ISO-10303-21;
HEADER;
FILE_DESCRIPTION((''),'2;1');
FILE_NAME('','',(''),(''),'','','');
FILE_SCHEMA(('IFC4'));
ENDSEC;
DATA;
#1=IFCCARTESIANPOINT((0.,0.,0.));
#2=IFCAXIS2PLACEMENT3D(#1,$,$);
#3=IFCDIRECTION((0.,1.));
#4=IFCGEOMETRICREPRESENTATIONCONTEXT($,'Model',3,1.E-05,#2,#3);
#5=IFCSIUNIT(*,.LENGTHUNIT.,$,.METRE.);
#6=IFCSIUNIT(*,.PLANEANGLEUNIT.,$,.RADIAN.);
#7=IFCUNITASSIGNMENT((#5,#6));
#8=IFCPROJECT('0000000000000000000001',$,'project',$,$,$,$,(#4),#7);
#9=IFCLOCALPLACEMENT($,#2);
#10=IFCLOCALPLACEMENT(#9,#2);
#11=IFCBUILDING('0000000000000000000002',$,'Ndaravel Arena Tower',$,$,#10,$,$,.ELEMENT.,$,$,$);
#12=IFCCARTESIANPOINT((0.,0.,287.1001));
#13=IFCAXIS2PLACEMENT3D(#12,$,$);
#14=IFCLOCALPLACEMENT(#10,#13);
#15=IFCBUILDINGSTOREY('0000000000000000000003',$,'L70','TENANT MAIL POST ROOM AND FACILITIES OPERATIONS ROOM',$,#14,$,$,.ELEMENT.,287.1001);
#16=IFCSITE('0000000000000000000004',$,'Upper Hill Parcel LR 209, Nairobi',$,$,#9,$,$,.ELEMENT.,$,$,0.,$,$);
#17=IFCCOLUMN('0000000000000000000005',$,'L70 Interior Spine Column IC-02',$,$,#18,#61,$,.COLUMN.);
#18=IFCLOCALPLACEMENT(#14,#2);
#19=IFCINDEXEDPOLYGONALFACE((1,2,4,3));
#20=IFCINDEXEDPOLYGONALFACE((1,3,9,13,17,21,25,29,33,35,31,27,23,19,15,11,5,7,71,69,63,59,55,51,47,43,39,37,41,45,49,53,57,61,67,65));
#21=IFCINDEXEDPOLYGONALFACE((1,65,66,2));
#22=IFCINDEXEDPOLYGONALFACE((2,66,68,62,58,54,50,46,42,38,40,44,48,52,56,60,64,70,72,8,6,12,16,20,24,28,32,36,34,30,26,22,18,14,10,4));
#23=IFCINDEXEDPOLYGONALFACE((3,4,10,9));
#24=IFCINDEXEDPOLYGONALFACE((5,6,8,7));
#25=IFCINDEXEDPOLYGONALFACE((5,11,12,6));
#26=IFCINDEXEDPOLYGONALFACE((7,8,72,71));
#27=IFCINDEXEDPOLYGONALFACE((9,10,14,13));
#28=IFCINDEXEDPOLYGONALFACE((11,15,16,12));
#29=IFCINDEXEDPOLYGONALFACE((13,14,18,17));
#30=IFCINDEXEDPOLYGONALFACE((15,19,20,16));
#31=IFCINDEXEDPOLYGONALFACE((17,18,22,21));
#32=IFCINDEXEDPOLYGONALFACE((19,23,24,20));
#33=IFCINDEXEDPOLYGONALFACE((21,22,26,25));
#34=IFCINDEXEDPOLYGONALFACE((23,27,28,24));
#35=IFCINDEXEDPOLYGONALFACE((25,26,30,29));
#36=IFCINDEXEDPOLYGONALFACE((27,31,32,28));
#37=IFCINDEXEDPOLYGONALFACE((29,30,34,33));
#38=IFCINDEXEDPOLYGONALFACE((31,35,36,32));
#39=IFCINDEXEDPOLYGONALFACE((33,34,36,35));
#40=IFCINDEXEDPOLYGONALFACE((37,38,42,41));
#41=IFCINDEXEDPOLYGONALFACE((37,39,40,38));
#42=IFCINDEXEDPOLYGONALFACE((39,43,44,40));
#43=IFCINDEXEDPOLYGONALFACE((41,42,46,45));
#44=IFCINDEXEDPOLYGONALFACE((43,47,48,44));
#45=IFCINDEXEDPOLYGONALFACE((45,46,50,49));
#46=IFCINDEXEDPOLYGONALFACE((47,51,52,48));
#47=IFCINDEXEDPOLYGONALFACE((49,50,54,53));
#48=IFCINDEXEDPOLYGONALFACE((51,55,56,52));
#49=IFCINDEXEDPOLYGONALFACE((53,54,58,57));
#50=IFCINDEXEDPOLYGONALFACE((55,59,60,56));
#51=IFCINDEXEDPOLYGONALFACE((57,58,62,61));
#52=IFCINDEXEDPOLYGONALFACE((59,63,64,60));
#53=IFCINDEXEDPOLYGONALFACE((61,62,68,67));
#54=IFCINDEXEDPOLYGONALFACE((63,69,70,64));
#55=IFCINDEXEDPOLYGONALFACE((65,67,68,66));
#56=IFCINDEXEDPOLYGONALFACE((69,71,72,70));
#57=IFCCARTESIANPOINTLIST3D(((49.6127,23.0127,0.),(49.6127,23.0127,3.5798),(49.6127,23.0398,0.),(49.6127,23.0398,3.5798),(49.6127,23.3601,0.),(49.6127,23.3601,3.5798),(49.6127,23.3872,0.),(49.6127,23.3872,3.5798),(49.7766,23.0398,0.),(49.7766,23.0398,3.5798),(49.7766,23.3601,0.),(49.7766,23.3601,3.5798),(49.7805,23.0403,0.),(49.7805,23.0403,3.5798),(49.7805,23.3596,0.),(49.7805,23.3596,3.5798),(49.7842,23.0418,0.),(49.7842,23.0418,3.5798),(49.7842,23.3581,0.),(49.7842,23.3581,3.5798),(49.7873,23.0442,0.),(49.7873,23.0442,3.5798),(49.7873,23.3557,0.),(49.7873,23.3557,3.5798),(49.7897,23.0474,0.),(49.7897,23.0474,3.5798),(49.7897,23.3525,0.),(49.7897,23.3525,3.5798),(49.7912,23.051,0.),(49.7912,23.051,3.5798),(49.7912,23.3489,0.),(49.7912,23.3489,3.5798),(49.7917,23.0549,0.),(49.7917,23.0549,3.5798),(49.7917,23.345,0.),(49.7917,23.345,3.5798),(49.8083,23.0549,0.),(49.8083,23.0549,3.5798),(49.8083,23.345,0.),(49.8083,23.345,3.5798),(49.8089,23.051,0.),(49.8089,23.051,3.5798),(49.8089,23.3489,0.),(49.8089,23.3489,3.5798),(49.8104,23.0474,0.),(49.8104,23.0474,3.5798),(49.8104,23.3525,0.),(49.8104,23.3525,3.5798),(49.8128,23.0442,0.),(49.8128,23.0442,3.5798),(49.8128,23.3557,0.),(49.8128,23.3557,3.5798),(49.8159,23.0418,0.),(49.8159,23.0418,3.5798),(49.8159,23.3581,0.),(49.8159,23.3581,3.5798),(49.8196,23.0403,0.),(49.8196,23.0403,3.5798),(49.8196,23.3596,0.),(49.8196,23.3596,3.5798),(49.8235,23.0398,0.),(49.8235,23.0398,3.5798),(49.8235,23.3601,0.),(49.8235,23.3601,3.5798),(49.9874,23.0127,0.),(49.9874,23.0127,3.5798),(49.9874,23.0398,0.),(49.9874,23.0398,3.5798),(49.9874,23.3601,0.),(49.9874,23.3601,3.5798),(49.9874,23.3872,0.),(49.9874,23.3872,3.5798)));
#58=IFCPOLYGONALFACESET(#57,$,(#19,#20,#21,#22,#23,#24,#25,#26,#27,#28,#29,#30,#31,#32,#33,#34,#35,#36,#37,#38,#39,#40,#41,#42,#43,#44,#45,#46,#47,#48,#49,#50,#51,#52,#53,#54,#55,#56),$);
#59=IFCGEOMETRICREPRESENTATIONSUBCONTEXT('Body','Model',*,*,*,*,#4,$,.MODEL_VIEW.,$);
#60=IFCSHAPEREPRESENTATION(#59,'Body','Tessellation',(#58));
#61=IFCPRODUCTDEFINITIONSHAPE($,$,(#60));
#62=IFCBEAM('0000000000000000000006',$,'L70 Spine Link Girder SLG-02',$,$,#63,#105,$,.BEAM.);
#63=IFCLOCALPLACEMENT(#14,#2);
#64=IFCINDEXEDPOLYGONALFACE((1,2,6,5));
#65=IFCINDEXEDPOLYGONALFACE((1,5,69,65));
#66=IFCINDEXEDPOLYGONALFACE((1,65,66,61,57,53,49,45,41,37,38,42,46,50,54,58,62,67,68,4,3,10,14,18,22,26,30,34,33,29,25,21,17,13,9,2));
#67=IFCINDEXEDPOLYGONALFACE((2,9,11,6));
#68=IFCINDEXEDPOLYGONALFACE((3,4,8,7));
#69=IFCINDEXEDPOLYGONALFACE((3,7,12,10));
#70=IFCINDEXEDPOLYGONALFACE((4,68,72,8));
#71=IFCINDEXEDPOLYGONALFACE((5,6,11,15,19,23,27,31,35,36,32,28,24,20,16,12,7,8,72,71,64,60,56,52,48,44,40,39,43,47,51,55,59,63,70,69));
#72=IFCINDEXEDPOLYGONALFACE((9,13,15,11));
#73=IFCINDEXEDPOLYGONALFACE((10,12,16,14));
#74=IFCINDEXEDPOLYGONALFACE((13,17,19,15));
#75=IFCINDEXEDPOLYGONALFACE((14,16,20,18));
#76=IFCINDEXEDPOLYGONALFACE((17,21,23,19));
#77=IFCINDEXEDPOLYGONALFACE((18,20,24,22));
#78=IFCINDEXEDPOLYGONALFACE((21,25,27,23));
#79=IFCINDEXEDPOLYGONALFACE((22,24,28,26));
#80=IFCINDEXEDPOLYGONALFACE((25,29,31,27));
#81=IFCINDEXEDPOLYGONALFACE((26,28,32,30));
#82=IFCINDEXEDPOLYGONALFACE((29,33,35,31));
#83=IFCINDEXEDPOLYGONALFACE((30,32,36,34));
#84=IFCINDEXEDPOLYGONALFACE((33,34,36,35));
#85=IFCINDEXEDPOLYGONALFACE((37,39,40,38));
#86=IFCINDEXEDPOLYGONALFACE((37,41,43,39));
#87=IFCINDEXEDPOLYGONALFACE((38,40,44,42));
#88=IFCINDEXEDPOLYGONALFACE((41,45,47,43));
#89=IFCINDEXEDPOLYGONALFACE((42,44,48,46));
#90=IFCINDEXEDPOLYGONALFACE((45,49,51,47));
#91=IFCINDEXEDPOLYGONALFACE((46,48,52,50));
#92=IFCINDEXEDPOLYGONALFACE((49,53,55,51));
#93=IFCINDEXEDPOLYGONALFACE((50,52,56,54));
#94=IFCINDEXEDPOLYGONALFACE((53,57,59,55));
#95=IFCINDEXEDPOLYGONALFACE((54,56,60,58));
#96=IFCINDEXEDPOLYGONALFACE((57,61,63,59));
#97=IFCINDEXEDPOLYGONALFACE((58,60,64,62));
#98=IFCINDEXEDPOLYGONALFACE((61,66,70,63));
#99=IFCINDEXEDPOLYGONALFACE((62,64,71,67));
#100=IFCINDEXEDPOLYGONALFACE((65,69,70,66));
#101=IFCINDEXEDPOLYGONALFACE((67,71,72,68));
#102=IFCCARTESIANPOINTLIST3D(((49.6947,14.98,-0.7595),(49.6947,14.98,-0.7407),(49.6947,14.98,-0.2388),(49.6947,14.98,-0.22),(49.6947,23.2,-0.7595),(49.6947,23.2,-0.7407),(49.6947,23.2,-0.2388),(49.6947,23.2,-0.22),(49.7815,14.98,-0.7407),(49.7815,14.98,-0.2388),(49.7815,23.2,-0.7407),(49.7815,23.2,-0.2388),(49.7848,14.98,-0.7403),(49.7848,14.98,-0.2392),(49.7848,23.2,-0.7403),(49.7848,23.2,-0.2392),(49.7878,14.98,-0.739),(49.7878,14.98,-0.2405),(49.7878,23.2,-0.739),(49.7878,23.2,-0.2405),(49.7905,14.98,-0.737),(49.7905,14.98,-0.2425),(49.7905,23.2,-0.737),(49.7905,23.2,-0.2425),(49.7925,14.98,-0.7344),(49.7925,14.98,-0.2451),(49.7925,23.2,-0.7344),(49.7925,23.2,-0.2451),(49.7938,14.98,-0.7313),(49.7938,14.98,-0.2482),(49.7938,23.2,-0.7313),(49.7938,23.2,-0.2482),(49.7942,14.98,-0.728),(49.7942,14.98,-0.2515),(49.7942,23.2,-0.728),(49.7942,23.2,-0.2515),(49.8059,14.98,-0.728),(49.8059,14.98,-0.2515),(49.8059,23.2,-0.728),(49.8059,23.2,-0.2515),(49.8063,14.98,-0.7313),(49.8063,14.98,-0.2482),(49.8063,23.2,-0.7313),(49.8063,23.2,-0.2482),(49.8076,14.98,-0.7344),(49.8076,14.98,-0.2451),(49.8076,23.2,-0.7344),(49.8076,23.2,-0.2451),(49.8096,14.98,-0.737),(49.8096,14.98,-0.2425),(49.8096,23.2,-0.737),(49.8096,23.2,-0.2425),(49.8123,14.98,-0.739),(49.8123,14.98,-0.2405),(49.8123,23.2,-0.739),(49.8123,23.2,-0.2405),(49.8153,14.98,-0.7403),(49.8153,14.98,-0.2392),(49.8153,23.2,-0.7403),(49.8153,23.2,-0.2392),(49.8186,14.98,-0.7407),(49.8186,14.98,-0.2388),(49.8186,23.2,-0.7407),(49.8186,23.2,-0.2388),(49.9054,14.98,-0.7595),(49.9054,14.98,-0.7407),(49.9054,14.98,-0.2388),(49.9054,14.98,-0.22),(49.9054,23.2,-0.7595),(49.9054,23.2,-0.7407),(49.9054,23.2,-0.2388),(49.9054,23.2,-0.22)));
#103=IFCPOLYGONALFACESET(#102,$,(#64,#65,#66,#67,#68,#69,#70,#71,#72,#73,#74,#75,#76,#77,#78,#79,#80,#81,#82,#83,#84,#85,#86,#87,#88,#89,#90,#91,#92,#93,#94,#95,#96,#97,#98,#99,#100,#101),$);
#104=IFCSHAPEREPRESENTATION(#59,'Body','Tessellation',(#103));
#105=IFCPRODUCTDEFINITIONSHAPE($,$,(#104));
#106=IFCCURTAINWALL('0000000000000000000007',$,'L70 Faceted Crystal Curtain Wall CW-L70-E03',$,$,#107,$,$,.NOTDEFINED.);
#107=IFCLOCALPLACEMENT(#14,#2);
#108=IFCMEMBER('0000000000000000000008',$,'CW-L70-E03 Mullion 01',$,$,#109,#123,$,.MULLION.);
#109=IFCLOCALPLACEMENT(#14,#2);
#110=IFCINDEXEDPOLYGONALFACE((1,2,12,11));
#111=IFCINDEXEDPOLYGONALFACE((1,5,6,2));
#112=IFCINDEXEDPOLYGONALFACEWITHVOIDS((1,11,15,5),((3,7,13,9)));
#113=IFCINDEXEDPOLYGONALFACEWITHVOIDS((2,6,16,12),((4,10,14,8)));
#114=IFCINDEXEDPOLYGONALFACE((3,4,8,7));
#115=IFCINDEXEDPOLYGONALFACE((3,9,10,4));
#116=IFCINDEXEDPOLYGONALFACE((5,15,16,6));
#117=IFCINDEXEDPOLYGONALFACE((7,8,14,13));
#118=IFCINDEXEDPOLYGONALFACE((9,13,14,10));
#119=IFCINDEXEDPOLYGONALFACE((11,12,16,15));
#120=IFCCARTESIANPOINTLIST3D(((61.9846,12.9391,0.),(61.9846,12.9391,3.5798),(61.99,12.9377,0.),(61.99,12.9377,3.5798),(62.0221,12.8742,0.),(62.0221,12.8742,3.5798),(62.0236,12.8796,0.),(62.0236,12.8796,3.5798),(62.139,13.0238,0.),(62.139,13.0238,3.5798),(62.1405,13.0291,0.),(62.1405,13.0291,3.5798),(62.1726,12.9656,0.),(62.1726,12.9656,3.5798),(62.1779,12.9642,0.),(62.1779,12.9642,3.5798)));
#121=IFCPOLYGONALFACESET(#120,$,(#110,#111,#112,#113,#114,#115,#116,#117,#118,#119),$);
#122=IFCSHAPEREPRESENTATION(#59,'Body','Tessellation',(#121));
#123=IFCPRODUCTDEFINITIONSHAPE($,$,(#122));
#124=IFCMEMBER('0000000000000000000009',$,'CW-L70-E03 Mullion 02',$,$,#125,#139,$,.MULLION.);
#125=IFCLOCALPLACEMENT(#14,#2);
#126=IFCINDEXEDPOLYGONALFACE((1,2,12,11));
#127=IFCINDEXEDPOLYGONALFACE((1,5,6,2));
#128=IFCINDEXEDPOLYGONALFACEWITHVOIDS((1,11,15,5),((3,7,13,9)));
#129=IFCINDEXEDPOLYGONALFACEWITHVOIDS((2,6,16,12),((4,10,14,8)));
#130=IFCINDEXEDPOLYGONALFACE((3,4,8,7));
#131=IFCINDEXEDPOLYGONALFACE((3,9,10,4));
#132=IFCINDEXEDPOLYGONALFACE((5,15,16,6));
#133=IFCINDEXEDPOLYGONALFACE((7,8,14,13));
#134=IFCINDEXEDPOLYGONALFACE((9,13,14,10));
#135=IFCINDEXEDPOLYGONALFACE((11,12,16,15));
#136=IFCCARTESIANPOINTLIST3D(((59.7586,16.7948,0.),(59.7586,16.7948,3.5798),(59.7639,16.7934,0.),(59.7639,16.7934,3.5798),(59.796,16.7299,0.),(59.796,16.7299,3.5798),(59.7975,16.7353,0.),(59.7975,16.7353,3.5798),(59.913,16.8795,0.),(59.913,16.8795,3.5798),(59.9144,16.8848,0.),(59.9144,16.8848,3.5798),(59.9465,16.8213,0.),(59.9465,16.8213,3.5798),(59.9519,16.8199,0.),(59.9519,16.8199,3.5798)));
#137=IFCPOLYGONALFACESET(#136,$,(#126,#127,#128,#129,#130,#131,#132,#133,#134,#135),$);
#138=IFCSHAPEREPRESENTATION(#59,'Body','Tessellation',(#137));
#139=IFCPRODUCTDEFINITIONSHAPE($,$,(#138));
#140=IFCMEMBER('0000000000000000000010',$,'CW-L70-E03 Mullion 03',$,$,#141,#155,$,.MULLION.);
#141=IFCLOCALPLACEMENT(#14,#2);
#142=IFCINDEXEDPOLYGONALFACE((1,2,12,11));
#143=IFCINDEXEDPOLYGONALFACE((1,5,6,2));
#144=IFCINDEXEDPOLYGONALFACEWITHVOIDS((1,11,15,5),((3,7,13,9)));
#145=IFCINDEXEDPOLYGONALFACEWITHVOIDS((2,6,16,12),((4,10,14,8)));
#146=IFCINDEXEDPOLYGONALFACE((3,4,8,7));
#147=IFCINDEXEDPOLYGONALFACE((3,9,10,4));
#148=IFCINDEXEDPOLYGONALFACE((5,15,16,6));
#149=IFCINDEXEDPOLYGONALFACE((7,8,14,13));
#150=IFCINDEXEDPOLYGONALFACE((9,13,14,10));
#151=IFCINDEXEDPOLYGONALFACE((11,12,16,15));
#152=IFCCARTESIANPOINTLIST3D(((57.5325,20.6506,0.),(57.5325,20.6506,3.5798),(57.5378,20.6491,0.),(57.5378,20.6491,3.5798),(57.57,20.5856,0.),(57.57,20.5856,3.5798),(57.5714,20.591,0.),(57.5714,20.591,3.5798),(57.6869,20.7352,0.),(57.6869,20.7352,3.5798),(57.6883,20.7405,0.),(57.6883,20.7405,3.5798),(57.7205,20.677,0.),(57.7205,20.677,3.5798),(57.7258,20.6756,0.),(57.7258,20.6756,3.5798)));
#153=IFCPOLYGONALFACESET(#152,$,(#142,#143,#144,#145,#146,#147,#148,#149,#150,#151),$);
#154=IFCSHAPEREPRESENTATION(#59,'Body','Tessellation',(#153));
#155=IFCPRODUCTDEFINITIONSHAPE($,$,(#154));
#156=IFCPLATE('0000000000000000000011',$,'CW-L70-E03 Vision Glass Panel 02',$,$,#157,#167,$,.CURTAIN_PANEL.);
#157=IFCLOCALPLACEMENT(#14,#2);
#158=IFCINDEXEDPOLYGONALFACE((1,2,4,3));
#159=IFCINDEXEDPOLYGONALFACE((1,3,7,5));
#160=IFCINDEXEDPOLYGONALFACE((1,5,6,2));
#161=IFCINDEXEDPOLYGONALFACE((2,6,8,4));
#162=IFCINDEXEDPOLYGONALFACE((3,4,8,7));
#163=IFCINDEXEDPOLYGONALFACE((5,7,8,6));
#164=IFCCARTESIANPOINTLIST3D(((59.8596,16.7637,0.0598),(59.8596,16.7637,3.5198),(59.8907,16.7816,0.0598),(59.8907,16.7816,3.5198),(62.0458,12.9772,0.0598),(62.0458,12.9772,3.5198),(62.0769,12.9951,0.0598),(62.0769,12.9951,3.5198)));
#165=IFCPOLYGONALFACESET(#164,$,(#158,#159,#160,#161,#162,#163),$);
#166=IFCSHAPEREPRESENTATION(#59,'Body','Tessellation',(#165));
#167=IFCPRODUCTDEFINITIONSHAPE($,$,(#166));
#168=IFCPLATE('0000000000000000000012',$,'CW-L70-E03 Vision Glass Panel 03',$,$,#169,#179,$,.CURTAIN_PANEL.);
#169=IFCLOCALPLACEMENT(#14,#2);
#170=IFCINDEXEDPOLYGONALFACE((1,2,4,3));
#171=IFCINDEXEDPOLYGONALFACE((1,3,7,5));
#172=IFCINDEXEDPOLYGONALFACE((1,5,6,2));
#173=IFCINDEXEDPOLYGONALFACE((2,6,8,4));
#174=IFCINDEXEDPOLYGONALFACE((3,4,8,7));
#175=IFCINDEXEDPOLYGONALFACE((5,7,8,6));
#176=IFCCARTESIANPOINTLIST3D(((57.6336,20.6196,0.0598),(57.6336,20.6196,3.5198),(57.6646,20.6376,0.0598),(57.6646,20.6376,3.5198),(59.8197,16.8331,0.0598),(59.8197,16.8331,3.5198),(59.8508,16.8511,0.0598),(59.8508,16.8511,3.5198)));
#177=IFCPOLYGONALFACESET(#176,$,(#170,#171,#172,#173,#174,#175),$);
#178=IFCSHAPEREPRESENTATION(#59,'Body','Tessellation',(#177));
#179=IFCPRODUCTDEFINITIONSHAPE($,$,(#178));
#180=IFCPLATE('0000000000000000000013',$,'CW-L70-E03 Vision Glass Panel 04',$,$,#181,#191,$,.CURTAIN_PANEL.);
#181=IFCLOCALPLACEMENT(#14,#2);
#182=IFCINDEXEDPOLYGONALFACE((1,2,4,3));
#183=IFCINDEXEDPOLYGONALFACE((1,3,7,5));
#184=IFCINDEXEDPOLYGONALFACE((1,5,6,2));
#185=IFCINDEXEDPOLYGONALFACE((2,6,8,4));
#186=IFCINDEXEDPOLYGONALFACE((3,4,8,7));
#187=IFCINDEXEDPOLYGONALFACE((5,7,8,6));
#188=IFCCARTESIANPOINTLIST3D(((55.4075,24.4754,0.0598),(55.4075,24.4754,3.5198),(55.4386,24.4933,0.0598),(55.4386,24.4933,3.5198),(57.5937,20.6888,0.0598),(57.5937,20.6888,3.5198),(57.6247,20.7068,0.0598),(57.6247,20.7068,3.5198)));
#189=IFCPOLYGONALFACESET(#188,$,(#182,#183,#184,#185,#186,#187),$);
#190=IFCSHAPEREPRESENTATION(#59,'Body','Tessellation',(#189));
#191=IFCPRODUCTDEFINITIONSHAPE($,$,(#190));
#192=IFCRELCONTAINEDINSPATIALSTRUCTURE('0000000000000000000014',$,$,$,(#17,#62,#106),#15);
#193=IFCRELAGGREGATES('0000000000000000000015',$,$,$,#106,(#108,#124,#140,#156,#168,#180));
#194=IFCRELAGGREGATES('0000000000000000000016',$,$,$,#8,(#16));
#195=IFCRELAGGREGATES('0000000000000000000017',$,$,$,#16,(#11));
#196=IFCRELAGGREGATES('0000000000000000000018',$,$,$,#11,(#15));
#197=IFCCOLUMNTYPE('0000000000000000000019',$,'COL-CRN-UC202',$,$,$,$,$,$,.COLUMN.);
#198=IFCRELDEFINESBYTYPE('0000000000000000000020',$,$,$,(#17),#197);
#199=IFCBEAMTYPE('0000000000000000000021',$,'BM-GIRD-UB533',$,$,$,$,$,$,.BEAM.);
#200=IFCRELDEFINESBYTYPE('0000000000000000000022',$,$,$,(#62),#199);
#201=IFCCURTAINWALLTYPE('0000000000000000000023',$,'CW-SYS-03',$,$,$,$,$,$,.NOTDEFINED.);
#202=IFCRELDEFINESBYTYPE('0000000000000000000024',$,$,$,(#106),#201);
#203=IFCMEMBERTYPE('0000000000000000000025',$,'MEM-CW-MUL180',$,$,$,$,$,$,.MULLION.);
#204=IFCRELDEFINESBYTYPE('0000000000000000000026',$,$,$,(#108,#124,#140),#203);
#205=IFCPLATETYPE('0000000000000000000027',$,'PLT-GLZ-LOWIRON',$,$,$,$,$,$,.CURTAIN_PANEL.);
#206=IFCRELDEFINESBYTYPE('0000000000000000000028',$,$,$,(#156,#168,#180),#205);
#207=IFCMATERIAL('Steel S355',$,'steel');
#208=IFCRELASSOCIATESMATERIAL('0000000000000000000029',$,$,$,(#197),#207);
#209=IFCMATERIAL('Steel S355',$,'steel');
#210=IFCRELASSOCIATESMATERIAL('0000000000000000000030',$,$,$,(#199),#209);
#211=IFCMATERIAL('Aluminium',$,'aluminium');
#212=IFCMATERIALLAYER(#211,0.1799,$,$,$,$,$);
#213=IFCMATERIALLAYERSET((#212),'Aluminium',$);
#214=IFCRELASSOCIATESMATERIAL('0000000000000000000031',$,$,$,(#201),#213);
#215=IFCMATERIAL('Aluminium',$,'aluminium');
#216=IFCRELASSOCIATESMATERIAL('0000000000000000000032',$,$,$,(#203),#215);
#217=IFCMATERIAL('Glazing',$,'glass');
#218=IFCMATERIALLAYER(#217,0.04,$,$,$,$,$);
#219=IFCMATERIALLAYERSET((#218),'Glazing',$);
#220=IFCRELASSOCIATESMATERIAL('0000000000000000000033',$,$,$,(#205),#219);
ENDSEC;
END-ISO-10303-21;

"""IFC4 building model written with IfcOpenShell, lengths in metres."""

from ifc_helpers import new_model, si_unit, direction, frame, origin, origin_2d, place, context, subcontext, project, spatial, rectangle, hollow_rectangle, i_section, extrude, material, layer, layer_set, material_profile, profile_set, type_object, element, aggregate, save


model = new_model("IFC4")

# Units and contexts
model_context = context("Model", 3, precision=1e-05, world=origin(), true_north=direction((0.0, 1.0)))
body_context = subcontext(model_context, "Body", "Model", "MODEL_VIEW")
ifc_project = project(units=[si_unit("LENGTHUNIT", "METRE"), si_unit("PLANEANGLEUNIT", "RADIAN")], contexts=[model_context])

# Site, building, storey
site_placement = place(None, origin())
site = spatial("IfcSite", under=ifc_project, at=site_placement, Name="Upper Hill Parcel LR 209, Nairobi", CompositionType="ELEMENT", RefElevation=0.0)
building_placement = place(site_placement, origin())
building = spatial("IfcBuilding", under=site, at=building_placement, Name="Ndaravel Arena Tower", CompositionType="ELEMENT")
storey_placement = place(building_placement, frame((0.0, 0.0, 287.1001)))
storey = spatial("IfcBuildingStorey", under=building, at=storey_placement, Name="L70", Description="TENANT MAIL POST ROOM AND FACILITIES OPERATIONS ROOM", CompositionType="ELEMENT", Elevation=287.1001)

# Column
ifc_material_1 = material(Name="Steel S355", Category="steel")
ifc_material_profile_1 = material_profile(ifc_material_1, i_section(OverallWidth=0.3748, OverallDepth=0.3745, WebThickness=0.0166, FlangeThickness=0.0271, FilletRadius=0.0151, at=origin_2d()), Name="UC 356x368x202")
ifc_profile_set_1 = profile_set([ifc_material_profile_1], Name="Steel S355")
column_type = type_object("IfcColumnType", Name="COL-CRN-UC202", PredefinedType="COLUMN", material=ifc_profile_set_1)
column_placement = place(storey_placement, frame((49.8, 23.2, 0.0), z_axis=(0.0, 0.0, 1.0), x_axis=(1.0, 0.0, 0.0)))
element("IfcColumn", 1, at=column_placement, inside=storey, type_object=column_type, Name="L70 Interior Spine Column IC-02", PredefinedType="COLUMN", context=body_context, shape_type="SweptSolid", body=[
    extrude(i_section(OverallWidth=0.3748, OverallDepth=0.3745, WebThickness=0.0166, FlangeThickness=0.0271, FilletRadius=0.0151, at=origin_2d()), origin(), (0.0, 0.0, 1.0), 3.5798),
])

# Beam
ifc_material_2 = material(Name="Steel S355", Category="steel")
ifc_material_profile_2 = material_profile(ifc_material_2, i_section(OverallWidth=0.2107, OverallDepth=0.5396, WebThickness=0.0117, FlangeThickness=0.0188, FilletRadius=0.0127, at=origin_2d()), Name="UB 533x210x109")
ifc_profile_set_2 = profile_set([ifc_material_profile_2], Name="Steel S355")
beam_type = type_object("IfcBeamType", Name="BM-GIRD-UB533", PredefinedType="BEAM", material=ifc_profile_set_2)
beam_placement = place(storey_placement, frame((49.8, 14.98, -0.4897), z_axis=(0.0, 1.0, 0.0), x_axis=(-1.0, 0.0, 0.0)))
element("IfcBeam", 2, at=beam_placement, inside=storey, type_object=beam_type, Name="L70 Spine Link Girder SLG-02", PredefinedType="BEAM", context=body_context, shape_type="SweptSolid", body=[
    extrude(i_section(OverallWidth=0.2107, OverallDepth=0.5396, WebThickness=0.0117, FlangeThickness=0.0188, FilletRadius=0.0127, at=origin_2d()), origin(), (0.0, 0.0, 1.0), 8.22),
])

# Curtain wall, members, plates
ifc_material_3 = material(Name="Aluminium", Category="aluminium")
ifc_layer_1 = layer(ifc_material_3, 0.1799)
ifc_layer_set_1 = layer_set([ifc_layer_1], Name="Aluminium")
curtain_wall_type = type_object("IfcCurtainWallType", Name="CW-SYS-03", PredefinedType="NOTDEFINED", material=ifc_layer_set_1)
curtain_wall_placement = place(storey_placement, origin())
curtain_wall = element("IfcCurtainWall", 3, at=curtain_wall_placement, inside=storey, type_object=curtain_wall_type, Name="L70 Faceted Crystal Curtain Wall CW-L70-E03", PredefinedType="NOTDEFINED")
ifc_material_4 = material(Name="Aluminium", Category="aluminium")
ifc_material_profile_3 = material_profile(ifc_material_4, hollow_rectangle(XDim=0.075, YDim=0.1799, WallThickness=0.0039, at=origin_2d()), Name="CW MULLION 75x180x4")
ifc_profile_set_3 = profile_set([ifc_material_profile_3], Name="Aluminium")
member_type = type_object("IfcMemberType", Name="MEM-CW-MUL180", PredefinedType="MULLION", material=ifc_profile_set_3)
member_1_placement = place(storey_placement, frame((62.0813, 12.9517, 0.0), z_axis=(0.0, 0.0, 1.0), x_axis=(-0.5, 0.866025, 0.0)))
member_1 = element("IfcMember", 4, at=member_1_placement, type_object=member_type, Name="CW-L70-E03 Mullion 01", PredefinedType="MULLION", context=body_context, shape_type="SweptSolid", body=[
    extrude(hollow_rectangle(XDim=0.075, YDim=0.1799, WallThickness=0.0039, at=origin_2d()), origin(), (0.0, 0.0, 1.0), 3.5798),
])
member_2_placement = place(storey_placement, frame((59.8552, 16.8074, 0.0), z_axis=(0.0, 0.0, 1.0), x_axis=(-0.5, 0.866025, 0.0)))
member_2 = element("IfcMember", 5, at=member_2_placement, type_object=member_type, Name="CW-L70-E03 Mullion 02", PredefinedType="MULLION", context=body_context, shape_type="SweptSolid", body=[
    extrude(hollow_rectangle(XDim=0.075, YDim=0.1799, WallThickness=0.0039, at=origin_2d()), origin(), (0.0, 0.0, 1.0), 3.5798),
])
member_3_placement = place(storey_placement, frame((57.6292, 20.6631, 0.0), z_axis=(0.0, 0.0, 1.0), x_axis=(-0.5, 0.866025, 0.0)))
member_3 = element("IfcMember", 6, at=member_3_placement, type_object=member_type, Name="CW-L70-E03 Mullion 03", PredefinedType="MULLION", context=body_context, shape_type="SweptSolid", body=[
    extrude(hollow_rectangle(XDim=0.075, YDim=0.1799, WallThickness=0.0039, at=origin_2d()), origin(), (0.0, 0.0, 1.0), 3.5798),
])
ifc_material_5 = material(Name="Glazing", Category="glass")
ifc_layer_2 = layer(ifc_material_5, 0.04)
ifc_layer_set_2 = layer_set([ifc_layer_2], Name="Glazing")
plate_type = type_object("IfcPlateType", Name="PLT-GLZ-LOWIRON", PredefinedType="CURTAIN_PANEL", material=ifc_layer_set_2)
plate_1_placement = place(storey_placement, frame((60.9683, 14.8794, 0.0598), z_axis=(0.0, 0.0, 1.0), x_axis=(-0.5, 0.866025, 0.0)))
plate_1 = element("IfcPlate", 7, at=plate_1_placement, type_object=plate_type, Name="CW-L70-E03 Vision Glass Panel 02", PredefinedType="CURTAIN_PANEL", context=body_context, shape_type="SweptSolid", body=[
    extrude(rectangle(XDim=4.3723, YDim=0.0359, at=origin_2d()), origin(), (0.0, 0.0, 1.0), 3.46),
])
plate_2_placement = place(storey_placement, frame((58.7422, 18.7354, 0.0598), z_axis=(0.0, 0.0, 1.0), x_axis=(-0.5, 0.866025, 0.0)))
plate_2 = element("IfcPlate", 8, at=plate_2_placement, type_object=plate_type, Name="CW-L70-E03 Vision Glass Panel 03", PredefinedType="CURTAIN_PANEL", context=body_context, shape_type="SweptSolid", body=[
    extrude(rectangle(XDim=4.3723, YDim=0.0359, at=origin_2d()), origin(), (0.0, 0.0, 1.0), 3.46),
])
plate_3_placement = place(storey_placement, frame((56.5161, 22.5911, 0.0598), z_axis=(0.0, 0.0, 1.0), x_axis=(-0.5, 0.866025, 0.0)))
plate_3 = element("IfcPlate", 9, at=plate_3_placement, type_object=plate_type, Name="CW-L70-E03 Vision Glass Panel 04", PredefinedType="CURTAIN_PANEL", context=body_context, shape_type="SweptSolid", body=[
    extrude(rectangle(XDim=4.3723, YDim=0.0359, at=origin_2d()), origin(), (0.0, 0.0, 1.0), 3.46),
])
aggregate(curtain_wall, [member_1, member_2, member_3, plate_1, plate_2, plate_3])

save(model, "model.ifc")
